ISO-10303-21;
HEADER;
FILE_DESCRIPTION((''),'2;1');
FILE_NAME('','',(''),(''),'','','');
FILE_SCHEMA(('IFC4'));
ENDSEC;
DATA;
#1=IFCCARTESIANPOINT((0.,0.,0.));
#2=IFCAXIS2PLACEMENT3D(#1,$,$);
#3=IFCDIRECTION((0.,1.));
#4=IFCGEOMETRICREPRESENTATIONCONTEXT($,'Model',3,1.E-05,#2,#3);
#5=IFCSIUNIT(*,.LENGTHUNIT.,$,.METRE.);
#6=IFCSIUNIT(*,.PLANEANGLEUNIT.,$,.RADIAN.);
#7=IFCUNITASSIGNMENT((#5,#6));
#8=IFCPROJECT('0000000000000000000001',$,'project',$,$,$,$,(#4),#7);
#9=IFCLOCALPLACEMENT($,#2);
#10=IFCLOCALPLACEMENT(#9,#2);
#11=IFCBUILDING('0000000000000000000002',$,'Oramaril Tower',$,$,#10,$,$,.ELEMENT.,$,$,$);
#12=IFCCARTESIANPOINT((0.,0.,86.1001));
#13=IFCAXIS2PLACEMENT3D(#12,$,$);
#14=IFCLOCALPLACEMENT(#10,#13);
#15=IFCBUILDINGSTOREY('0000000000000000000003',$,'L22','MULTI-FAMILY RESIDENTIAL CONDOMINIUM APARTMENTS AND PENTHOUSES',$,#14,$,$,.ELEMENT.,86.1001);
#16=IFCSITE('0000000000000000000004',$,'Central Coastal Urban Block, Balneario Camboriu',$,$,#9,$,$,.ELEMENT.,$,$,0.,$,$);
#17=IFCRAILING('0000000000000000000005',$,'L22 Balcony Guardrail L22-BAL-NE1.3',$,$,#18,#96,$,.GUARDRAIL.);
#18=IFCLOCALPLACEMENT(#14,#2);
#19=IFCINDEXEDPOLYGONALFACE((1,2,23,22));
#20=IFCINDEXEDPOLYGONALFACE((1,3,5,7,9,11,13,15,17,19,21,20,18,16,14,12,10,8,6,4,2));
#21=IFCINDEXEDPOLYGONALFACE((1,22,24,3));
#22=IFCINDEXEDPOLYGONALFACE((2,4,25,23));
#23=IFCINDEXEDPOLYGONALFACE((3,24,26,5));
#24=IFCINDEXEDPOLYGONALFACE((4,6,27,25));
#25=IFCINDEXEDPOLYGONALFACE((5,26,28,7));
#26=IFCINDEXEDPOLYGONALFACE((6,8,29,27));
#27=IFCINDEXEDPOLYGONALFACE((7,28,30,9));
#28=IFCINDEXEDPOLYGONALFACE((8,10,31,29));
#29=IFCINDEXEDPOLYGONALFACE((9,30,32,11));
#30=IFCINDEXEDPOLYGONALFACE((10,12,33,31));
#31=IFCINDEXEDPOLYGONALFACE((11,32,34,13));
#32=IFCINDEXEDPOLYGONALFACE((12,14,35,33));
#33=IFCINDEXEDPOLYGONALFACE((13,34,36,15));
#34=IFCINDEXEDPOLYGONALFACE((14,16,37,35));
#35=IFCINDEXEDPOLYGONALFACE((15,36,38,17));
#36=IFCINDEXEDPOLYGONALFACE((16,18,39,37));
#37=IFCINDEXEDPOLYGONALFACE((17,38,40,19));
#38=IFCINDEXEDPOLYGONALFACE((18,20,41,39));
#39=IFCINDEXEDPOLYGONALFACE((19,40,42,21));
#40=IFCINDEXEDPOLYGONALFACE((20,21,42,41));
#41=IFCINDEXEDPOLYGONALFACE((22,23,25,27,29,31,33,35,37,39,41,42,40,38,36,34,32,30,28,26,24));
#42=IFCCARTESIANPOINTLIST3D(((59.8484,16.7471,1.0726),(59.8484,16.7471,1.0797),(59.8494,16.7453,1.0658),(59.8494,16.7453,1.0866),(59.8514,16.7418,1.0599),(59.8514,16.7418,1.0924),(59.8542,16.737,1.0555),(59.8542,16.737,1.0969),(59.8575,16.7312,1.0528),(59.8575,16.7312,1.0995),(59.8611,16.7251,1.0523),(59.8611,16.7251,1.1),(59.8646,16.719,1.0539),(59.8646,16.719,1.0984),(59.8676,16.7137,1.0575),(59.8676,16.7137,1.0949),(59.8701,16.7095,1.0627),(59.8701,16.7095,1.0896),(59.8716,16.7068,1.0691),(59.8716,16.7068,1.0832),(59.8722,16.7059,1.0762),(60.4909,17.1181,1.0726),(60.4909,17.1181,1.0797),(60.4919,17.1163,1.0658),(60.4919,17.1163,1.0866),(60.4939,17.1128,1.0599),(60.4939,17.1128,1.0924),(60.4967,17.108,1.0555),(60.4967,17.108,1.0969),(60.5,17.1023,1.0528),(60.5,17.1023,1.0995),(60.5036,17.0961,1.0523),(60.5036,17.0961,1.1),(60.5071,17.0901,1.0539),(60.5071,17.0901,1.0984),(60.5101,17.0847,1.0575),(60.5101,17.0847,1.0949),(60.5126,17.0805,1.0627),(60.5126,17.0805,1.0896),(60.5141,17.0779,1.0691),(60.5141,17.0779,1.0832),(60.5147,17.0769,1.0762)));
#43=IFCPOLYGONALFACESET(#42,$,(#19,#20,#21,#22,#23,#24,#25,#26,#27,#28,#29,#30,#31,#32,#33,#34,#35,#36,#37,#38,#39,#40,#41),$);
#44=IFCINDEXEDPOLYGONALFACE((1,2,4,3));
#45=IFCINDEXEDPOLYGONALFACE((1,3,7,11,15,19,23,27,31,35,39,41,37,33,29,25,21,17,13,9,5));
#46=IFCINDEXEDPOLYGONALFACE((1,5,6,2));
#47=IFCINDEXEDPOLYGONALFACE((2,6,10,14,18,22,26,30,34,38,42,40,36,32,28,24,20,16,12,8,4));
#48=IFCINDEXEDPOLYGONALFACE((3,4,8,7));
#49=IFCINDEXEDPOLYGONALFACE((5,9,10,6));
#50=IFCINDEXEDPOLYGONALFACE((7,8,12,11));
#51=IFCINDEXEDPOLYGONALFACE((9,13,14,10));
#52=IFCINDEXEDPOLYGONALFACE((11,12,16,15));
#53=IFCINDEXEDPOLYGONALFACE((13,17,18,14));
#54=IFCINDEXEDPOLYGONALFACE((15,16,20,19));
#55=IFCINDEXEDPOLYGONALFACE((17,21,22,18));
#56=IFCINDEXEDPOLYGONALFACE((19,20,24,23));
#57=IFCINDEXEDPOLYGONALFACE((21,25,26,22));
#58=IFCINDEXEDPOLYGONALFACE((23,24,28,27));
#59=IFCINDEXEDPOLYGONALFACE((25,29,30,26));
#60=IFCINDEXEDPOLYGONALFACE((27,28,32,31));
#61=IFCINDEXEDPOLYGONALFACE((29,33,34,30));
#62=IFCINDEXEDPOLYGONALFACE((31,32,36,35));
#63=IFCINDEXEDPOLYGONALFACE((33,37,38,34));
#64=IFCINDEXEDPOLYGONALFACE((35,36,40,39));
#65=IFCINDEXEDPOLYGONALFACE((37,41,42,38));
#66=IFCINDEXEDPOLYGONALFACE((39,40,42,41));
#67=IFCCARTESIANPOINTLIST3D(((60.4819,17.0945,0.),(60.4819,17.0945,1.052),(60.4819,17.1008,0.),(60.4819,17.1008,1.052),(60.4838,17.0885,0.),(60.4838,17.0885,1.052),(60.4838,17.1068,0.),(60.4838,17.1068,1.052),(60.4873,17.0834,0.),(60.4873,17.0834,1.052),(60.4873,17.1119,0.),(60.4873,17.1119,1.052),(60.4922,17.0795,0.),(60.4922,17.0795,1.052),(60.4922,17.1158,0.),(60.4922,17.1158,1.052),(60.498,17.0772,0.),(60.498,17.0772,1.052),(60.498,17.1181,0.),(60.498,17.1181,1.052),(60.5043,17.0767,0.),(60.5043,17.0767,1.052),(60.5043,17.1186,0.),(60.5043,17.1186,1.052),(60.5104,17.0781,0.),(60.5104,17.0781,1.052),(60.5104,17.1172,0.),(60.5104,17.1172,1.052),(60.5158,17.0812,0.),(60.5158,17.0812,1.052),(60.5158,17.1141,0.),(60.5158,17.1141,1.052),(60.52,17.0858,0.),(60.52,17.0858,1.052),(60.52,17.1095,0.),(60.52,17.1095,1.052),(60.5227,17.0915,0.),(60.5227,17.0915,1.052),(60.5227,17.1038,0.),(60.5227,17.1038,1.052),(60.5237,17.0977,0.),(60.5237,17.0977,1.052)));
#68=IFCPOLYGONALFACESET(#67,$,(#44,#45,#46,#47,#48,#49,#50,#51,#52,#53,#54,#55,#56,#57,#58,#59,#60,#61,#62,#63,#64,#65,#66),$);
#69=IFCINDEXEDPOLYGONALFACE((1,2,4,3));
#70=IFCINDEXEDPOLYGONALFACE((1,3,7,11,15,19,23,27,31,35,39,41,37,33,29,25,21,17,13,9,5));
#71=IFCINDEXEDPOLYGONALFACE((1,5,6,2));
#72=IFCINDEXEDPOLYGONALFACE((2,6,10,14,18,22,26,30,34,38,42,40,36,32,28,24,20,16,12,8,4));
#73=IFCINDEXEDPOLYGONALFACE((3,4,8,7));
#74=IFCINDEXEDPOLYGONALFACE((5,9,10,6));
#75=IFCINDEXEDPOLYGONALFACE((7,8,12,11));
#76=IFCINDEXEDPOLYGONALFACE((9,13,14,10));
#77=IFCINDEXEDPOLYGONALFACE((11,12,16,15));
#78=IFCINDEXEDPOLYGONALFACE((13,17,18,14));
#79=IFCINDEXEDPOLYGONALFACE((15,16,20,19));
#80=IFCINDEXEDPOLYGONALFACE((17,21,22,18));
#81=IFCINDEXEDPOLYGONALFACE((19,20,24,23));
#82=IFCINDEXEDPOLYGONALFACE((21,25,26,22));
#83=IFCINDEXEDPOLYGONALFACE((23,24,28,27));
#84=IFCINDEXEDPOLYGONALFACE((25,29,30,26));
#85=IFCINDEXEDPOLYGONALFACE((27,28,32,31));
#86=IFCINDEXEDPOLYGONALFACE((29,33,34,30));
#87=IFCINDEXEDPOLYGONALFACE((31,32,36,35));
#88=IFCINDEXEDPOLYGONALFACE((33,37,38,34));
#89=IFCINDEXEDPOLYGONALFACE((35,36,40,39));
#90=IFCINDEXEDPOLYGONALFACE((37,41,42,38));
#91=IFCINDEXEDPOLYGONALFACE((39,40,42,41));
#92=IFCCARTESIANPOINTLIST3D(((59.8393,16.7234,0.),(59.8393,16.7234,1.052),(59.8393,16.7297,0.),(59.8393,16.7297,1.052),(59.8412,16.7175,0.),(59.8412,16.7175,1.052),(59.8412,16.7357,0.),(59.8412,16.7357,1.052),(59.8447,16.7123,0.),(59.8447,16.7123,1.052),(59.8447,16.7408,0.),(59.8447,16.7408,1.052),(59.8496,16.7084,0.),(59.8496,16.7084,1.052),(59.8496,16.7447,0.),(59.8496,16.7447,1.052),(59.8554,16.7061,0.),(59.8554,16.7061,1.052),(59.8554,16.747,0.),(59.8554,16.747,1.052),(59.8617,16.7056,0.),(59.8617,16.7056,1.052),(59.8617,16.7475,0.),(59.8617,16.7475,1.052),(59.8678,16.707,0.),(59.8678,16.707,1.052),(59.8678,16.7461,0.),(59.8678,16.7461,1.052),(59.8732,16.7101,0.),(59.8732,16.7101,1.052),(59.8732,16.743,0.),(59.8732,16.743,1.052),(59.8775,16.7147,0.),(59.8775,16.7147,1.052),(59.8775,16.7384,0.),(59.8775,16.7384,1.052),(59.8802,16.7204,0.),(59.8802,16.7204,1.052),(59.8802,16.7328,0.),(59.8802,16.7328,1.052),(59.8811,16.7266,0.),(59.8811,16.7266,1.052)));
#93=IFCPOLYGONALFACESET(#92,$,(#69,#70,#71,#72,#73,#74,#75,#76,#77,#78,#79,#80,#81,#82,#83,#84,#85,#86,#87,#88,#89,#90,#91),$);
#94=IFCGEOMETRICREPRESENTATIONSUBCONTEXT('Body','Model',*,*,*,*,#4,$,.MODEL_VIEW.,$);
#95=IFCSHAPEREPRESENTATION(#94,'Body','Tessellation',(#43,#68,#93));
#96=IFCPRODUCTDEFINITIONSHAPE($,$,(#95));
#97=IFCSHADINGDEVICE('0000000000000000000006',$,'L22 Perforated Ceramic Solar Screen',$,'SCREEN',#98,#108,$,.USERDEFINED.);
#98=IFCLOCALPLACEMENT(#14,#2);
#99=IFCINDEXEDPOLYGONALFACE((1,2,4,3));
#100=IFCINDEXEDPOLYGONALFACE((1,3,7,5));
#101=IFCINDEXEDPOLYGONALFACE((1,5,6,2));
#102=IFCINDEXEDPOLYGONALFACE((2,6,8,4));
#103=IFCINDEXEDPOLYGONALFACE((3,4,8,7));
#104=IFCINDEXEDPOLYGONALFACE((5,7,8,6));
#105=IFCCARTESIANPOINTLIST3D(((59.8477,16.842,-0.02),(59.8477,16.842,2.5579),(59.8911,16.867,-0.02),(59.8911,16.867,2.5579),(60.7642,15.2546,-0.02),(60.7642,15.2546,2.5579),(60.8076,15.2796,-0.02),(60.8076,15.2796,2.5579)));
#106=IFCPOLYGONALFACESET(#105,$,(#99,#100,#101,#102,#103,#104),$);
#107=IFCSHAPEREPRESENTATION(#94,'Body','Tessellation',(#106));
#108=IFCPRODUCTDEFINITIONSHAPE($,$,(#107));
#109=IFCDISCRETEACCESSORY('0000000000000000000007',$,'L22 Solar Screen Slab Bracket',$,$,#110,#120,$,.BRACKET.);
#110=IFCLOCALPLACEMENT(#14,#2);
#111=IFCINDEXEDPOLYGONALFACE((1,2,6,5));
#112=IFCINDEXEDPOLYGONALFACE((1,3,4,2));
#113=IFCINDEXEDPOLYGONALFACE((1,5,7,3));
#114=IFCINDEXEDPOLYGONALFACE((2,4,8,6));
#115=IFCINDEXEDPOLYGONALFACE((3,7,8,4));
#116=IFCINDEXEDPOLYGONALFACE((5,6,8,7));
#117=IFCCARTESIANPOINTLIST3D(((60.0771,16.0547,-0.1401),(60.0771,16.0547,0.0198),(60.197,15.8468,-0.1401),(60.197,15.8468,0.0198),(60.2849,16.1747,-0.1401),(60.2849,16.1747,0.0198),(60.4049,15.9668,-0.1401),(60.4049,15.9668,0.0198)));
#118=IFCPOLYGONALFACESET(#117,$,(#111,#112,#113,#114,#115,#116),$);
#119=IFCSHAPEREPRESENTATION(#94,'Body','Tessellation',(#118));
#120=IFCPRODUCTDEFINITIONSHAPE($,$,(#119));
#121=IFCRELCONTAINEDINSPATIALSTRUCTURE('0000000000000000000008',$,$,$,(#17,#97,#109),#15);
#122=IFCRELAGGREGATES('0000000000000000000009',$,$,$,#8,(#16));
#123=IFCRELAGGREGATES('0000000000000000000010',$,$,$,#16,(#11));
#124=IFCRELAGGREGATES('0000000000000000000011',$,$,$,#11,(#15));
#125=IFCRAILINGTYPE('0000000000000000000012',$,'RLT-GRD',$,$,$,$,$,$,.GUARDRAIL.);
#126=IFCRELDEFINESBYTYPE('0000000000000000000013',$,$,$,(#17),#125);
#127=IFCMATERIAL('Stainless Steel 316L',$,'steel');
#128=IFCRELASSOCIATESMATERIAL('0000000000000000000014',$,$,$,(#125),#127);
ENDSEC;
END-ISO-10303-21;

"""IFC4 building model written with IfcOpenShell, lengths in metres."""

from ifc_helpers import new_model, si_unit, direction, frame, origin, origin_2d, place, context, subcontext, project, spatial, rectangle, circle, extrude, material, type_object, element, save


model = new_model("IFC4")

# Units and contexts
model_context = context("Model", 3, precision=1e-05, world=origin(), true_north=direction((0.0, 1.0)))
body_context = subcontext(model_context, "Body", "Model", "MODEL_VIEW")
ifc_project = project(units=[si_unit("LENGTHUNIT", "METRE"), si_unit("PLANEANGLEUNIT", "RADIAN")], contexts=[model_context])

# Site, building, storey
site_placement = place(None, origin())
site = spatial("IfcSite", under=ifc_project, at=site_placement, Name="Central Coastal Urban Block, Balneario Camboriu", CompositionType="ELEMENT", RefElevation=0.0)
building_placement = place(site_placement, origin())
building = spatial("IfcBuilding", under=site, at=building_placement, Name="Oramaril Tower", CompositionType="ELEMENT")
storey_placement = place(building_placement, frame((0.0, 0.0, 86.1001)))
storey = spatial("IfcBuildingStorey", under=building, at=storey_placement, Name="L22", Description="MULTI-FAMILY RESIDENTIAL CONDOMINIUM APARTMENTS AND PENTHOUSES", CompositionType="ELEMENT", Elevation=86.1001)

# Railing
ifc_material_1 = material(Name="Stainless Steel 316L", Category="steel")
railing_type = type_object("IfcRailingType", Name="RLT-GRD", PredefinedType="GUARDRAIL", material=ifc_material_1)
railing_placement = place(storey_placement, frame((60.5027, 17.0977, 0.0)))
element("IfcRailing", 1, at=railing_placement, inside=storey, type_object=railing_type, Name="L22 Balcony Guardrail L22-BAL-NE1.3", PredefinedType="GUARDRAIL", context=body_context, shape_type="SweptSolid", body=[
    extrude(circle(Radius=0.0239, at=origin_2d()), frame((0.0, 0.0, 1.0762), z_axis=(-0.865966, -0.500102, 0.0), x_axis=(0.500102, -0.865966, 0.0)), (0.0, 0.0, 1.0), 0.7419),
    extrude(circle(Radius=0.021, at=origin_2d()), origin(), (0.0, 0.0, 1.0), 1.052),
    extrude(circle(Radius=0.021, at=origin_2d()), frame((-0.6426, -0.3711, 0.0)), (0.0, 0.0, 1.0), 1.052),
])

# Shading device
shading_device_placement = place(storey_placement, frame((60.3276, 16.0608, -0.02), z_axis=(0.0, 0.0, 1.0), x_axis=(-0.5, 0.866025, 0.0)))
element("IfcShadingDevice", 2, at=shading_device_placement, inside=storey, Name="L22 Perforated Ceramic Solar Screen", ObjectType="SCREEN", PredefinedType="USERDEFINED", context=body_context, shape_type="SweptSolid", body=[
    extrude(rectangle(XDim=1.833, YDim=0.05, at=origin_2d()), origin(), (0.0, 0.0, 1.0), 2.5779),
])

# Discrete accessory
discrete_accessory_placement = place(storey_placement, frame((60.241, 16.0107, -0.1401), z_axis=(0.0, 0.0, 1.0), x_axis=(-0.5, 0.866025, 0.0)))
element("IfcDiscreteAccessory", 3, at=discrete_accessory_placement, inside=storey, Name="L22 Solar Screen Slab Bracket", PredefinedType="BRACKET", context=body_context, shape_type="SweptSolid", body=[
    extrude(rectangle(XDim=0.24, YDim=0.24, at=origin_2d()), origin(), (0.0, 0.0, 1.0), 0.1599),
])

save(model, "model.ifc")
